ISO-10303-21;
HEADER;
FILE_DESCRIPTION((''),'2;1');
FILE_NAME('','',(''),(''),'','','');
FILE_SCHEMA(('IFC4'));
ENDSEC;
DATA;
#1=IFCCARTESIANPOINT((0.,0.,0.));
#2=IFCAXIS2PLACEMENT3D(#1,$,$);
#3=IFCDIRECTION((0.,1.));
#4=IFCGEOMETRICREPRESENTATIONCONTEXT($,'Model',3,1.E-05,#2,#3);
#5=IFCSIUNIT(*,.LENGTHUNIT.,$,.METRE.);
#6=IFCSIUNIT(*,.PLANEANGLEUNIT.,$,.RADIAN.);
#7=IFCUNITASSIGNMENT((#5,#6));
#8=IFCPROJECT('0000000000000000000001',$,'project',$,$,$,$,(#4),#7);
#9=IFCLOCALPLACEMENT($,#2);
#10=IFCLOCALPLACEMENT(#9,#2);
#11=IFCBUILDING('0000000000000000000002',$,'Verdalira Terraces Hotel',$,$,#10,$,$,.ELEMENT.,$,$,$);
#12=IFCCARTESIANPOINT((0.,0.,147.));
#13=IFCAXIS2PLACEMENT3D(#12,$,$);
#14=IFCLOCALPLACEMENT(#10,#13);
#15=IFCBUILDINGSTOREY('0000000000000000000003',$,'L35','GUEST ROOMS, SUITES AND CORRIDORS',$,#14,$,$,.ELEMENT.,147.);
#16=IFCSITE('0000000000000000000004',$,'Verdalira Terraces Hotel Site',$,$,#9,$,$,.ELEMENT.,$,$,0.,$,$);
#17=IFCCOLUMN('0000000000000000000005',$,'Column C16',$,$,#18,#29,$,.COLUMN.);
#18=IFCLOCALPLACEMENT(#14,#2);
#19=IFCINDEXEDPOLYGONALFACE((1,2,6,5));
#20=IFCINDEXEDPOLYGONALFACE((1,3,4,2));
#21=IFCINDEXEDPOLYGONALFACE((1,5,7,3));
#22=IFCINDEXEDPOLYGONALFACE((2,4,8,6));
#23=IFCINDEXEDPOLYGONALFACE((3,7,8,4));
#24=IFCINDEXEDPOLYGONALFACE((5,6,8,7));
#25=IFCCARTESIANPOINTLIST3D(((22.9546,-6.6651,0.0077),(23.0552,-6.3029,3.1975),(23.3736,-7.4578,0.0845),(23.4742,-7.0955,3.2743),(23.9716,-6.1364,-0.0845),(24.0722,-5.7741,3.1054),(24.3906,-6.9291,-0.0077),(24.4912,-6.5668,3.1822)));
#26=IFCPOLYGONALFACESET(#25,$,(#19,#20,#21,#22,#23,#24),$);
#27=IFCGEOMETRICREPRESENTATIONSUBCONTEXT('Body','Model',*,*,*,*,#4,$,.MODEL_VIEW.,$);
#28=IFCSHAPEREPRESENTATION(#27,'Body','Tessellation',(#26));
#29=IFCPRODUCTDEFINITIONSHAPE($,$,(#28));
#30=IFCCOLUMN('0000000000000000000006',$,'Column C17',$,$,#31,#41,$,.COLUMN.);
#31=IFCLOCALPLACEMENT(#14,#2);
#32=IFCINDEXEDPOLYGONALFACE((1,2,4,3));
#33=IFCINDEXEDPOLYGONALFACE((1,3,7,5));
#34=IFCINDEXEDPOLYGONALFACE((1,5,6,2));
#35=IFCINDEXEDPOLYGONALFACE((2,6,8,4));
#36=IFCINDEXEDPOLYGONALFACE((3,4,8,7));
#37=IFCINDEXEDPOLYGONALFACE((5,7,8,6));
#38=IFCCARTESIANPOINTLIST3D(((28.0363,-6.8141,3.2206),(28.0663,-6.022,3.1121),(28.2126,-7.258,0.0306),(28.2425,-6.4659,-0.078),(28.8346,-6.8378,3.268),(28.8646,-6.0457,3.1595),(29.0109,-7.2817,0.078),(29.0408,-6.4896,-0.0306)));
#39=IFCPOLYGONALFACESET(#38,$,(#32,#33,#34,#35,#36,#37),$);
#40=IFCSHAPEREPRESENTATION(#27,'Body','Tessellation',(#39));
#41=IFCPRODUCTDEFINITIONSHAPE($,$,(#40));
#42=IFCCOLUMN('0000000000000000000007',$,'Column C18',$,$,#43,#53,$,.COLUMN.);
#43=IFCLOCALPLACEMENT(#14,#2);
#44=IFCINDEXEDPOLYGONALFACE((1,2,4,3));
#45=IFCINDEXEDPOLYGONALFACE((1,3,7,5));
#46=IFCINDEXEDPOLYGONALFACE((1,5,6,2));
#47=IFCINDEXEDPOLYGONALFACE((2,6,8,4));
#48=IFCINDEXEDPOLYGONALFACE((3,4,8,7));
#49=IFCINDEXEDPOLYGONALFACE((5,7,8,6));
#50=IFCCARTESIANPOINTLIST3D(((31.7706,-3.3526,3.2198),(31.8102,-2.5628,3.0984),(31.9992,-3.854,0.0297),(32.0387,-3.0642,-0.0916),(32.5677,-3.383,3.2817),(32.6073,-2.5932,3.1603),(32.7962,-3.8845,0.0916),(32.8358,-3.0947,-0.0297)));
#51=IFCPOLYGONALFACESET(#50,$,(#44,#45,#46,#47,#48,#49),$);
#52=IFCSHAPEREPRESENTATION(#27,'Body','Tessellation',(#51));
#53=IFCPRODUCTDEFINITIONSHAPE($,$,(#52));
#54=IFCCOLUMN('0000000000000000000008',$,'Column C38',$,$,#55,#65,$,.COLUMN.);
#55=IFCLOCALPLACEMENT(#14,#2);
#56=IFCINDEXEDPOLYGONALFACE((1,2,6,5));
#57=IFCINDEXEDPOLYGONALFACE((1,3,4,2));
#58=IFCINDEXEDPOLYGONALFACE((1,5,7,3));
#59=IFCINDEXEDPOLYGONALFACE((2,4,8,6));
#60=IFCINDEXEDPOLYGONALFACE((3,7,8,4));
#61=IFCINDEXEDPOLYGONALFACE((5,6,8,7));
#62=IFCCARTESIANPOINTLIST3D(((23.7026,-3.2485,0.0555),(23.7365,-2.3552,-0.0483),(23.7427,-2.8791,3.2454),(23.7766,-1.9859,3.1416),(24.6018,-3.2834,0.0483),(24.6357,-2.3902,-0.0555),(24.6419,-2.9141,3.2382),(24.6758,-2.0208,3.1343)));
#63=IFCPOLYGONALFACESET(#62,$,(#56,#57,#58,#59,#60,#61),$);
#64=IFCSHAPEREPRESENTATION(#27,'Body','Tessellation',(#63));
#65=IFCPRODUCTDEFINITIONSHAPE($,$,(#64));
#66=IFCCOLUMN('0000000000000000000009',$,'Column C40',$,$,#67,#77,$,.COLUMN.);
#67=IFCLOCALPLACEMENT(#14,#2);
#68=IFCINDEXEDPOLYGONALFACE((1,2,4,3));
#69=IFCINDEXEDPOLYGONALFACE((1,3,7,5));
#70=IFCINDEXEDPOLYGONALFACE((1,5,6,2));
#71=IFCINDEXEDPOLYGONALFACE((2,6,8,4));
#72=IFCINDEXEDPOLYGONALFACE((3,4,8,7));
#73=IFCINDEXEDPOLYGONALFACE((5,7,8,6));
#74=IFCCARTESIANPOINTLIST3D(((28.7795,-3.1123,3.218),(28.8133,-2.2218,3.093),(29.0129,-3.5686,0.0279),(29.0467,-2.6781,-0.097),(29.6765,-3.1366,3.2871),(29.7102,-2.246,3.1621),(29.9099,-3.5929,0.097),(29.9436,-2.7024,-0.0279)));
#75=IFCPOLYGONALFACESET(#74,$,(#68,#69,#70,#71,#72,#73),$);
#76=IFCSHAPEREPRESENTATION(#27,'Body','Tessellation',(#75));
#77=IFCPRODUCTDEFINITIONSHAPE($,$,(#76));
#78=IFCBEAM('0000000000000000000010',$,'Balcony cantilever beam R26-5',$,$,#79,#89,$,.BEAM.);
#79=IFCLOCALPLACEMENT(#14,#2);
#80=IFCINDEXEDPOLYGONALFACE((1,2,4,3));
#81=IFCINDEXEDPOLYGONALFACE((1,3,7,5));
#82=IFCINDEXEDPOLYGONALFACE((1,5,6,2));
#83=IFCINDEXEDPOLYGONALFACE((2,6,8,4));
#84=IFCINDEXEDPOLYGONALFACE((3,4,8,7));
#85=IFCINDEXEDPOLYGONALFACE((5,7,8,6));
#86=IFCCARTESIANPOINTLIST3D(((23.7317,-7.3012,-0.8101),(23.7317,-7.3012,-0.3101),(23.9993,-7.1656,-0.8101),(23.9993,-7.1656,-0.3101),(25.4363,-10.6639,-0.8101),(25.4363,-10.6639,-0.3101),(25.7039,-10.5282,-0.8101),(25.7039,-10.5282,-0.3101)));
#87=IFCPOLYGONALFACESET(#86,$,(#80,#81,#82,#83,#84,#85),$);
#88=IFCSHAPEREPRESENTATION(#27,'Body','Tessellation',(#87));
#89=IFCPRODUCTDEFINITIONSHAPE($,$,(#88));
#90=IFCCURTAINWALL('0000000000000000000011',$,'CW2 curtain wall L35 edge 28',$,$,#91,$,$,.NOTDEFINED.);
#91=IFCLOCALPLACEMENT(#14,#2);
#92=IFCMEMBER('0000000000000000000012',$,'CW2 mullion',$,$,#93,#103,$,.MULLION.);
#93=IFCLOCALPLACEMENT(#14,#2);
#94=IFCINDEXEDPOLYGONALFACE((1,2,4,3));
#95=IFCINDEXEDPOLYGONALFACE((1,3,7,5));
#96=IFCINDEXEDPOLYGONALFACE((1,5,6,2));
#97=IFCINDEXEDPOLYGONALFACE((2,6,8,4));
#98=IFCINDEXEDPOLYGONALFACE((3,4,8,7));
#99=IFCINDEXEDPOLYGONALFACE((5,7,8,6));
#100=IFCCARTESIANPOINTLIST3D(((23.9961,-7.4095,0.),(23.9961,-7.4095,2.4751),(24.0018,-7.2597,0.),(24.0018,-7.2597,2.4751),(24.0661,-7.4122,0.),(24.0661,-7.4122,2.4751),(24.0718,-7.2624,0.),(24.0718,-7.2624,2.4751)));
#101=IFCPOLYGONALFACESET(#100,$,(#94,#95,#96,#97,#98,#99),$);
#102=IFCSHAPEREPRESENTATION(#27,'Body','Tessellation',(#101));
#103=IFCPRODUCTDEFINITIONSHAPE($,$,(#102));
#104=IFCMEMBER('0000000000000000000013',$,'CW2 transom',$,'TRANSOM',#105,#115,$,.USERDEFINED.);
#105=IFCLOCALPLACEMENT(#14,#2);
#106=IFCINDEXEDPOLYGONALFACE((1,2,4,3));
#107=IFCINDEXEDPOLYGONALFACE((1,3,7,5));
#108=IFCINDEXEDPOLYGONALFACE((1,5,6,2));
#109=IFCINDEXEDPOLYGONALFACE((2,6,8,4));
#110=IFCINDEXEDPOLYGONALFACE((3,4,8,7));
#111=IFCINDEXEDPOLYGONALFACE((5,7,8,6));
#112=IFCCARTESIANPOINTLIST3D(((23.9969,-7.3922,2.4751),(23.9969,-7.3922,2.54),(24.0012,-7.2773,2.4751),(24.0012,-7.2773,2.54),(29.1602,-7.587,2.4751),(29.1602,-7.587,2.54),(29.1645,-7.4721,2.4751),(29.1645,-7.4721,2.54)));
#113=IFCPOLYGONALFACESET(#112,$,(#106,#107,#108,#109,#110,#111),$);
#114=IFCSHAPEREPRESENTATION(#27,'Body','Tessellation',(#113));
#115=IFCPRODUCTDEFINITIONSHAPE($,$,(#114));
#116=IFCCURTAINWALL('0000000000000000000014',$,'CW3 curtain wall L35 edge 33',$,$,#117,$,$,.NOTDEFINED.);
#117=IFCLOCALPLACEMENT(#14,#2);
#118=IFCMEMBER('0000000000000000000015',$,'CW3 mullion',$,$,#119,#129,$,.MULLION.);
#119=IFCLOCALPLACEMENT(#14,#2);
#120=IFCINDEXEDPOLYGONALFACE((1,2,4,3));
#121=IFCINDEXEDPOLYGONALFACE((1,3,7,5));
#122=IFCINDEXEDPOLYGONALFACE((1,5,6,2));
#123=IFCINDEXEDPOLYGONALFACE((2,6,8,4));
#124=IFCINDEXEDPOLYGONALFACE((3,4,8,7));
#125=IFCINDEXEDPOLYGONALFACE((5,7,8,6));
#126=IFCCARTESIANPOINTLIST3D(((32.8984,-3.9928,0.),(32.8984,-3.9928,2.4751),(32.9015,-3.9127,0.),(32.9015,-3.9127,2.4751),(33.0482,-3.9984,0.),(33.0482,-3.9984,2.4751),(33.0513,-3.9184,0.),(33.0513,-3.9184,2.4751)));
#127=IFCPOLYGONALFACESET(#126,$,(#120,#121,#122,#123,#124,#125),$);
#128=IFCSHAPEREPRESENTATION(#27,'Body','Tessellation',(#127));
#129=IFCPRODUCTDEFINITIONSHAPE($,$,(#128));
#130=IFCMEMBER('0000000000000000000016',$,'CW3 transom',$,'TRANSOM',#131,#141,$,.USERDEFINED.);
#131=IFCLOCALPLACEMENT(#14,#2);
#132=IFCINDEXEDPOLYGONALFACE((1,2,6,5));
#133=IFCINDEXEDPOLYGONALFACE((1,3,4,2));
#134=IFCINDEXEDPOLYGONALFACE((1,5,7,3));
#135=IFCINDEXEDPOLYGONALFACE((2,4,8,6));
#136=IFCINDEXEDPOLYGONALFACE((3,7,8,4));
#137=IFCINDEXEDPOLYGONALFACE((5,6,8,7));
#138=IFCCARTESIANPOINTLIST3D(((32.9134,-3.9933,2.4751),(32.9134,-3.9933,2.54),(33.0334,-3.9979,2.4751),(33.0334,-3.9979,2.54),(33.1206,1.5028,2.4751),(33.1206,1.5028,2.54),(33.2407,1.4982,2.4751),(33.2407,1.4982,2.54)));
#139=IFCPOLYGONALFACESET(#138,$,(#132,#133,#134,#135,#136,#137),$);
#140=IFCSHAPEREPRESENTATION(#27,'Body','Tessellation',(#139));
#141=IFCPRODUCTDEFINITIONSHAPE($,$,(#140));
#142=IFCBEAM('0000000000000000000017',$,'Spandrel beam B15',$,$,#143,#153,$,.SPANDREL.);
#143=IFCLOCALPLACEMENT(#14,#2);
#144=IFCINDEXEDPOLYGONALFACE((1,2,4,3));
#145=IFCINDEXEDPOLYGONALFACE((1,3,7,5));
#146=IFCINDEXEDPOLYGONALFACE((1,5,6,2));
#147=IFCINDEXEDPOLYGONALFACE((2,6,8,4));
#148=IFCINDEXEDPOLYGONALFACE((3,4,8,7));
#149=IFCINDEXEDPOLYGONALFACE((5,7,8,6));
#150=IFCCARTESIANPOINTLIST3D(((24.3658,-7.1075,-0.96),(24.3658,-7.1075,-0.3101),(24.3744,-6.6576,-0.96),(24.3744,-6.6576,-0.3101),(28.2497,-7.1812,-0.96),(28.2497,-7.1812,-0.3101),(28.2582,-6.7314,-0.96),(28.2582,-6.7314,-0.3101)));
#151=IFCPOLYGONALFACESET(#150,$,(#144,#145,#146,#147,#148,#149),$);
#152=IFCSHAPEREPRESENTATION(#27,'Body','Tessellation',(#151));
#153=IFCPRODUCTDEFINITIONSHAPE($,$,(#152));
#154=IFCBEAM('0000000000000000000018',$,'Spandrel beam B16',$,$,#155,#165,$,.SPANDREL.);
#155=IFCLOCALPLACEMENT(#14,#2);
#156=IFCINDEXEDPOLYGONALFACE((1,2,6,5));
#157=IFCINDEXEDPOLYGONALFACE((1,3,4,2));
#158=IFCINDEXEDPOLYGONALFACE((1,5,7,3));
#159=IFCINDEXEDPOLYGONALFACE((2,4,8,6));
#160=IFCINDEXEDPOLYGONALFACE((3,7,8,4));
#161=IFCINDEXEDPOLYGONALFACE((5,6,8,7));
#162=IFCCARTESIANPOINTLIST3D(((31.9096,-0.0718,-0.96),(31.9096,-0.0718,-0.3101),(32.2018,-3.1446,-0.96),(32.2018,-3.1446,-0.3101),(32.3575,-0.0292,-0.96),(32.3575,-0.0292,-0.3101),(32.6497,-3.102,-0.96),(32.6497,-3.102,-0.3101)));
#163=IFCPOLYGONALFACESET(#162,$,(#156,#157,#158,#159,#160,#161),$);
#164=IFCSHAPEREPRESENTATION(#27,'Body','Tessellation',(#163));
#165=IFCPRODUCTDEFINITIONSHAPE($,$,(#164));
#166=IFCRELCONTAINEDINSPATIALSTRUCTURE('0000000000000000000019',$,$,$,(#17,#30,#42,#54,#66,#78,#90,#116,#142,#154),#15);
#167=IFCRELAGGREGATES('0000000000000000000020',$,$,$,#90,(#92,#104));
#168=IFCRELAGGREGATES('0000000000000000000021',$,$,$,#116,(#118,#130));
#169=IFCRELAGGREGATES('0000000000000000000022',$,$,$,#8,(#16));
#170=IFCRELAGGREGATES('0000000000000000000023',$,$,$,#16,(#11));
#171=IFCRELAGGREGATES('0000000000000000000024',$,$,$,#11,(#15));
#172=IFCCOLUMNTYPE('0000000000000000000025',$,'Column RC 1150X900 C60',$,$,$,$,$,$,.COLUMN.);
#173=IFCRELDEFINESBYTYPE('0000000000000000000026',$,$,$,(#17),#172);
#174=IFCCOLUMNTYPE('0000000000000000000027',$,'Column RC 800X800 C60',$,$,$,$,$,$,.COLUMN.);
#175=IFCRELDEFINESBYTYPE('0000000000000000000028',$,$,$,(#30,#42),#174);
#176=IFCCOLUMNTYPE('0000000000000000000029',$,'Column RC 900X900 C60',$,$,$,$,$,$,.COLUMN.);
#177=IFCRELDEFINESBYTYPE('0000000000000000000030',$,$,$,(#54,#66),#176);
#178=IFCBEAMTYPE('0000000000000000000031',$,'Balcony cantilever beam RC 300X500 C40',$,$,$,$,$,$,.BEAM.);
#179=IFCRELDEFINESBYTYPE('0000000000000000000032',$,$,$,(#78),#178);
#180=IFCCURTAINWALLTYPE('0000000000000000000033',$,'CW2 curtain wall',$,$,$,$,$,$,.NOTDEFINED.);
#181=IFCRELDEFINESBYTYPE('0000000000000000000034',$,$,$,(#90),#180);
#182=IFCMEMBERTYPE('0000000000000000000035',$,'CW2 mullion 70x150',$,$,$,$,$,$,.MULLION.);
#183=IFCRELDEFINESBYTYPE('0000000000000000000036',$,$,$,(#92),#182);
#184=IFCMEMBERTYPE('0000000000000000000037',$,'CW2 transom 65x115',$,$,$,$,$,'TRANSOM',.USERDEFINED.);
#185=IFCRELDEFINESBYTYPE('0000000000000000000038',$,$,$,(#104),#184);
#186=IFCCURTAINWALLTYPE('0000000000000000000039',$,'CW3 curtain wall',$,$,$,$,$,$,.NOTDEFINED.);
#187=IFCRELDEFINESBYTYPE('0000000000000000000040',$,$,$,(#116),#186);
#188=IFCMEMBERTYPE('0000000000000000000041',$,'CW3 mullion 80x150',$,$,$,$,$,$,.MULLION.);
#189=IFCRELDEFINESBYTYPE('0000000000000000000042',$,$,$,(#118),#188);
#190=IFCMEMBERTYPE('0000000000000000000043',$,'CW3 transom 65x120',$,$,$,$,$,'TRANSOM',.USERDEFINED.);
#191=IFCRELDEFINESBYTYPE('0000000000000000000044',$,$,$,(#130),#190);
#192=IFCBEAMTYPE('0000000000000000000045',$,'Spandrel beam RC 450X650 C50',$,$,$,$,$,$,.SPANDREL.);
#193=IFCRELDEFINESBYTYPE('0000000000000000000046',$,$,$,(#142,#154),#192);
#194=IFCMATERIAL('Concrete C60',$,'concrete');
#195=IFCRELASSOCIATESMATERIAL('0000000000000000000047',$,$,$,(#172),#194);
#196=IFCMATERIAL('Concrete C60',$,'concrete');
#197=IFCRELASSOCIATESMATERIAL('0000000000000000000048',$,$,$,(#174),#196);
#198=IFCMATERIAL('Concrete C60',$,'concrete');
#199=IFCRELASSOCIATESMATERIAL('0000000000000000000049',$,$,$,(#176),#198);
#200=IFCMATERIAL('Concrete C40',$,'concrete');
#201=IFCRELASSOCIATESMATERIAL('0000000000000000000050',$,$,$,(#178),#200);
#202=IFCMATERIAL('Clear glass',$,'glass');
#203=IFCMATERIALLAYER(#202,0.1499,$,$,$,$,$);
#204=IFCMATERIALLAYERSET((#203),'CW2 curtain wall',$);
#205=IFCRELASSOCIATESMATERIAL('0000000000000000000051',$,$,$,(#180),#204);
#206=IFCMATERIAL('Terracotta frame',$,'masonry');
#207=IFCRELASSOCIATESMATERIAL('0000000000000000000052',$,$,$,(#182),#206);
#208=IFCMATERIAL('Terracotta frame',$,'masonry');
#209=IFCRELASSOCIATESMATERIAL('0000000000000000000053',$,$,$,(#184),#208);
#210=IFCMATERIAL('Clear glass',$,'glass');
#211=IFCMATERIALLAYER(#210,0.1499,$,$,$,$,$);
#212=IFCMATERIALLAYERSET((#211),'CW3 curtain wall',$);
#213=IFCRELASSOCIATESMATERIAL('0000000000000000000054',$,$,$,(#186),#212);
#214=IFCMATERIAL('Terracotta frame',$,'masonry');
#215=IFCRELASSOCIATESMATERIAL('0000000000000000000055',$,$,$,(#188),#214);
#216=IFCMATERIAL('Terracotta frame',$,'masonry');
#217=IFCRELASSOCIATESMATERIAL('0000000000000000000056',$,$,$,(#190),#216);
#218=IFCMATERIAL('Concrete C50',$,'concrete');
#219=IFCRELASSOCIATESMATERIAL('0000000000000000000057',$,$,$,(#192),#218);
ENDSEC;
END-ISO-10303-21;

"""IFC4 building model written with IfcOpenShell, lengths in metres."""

from ifc_helpers import new_model, si_unit, direction, frame, origin, origin_2d, place, context, subcontext, project, spatial, rectangle, extrude, material, layer, layer_set, material_profile, profile_set, type_object, element, aggregate, save


model = new_model("IFC4")

# Units and contexts
model_context = context("Model", 3, precision=1e-05, world=origin(), true_north=direction((0.0, 1.0)))
body_context = subcontext(model_context, "Body", "Model", "MODEL_VIEW")
ifc_project = project(units=[si_unit("LENGTHUNIT", "METRE"), si_unit("PLANEANGLEUNIT", "RADIAN")], contexts=[model_context])

# Site, building, storey
site_placement = place(None, origin())
site = spatial("IfcSite", under=ifc_project, at=site_placement, Name="Verdalira Terraces Hotel Site", CompositionType="ELEMENT", RefElevation=0.0)
building_placement = place(site_placement, origin())
building = spatial("IfcBuilding", under=site, at=building_placement, Name="Verdalira Terraces Hotel", CompositionType="ELEMENT")
storey_placement = place(building_placement, frame((0.0, 0.0, 147.0)))
storey = spatial("IfcBuildingStorey", under=building, at=storey_placement, Name="L35", Description="GUEST ROOMS, SUITES AND CORRIDORS", CompositionType="ELEMENT", Elevation=147.0)

# Columns
ifc_material_1 = material(Name="Concrete C60", Category="concrete")
ifc_material_profile_1 = material_profile(ifc_material_1, rectangle(XDim=1.1499, YDim=0.8999, at=origin_2d()), Name="RC 1150X900")
ifc_profile_set_1 = profile_set([ifc_material_profile_1], Name="Concrete C60")
column_type_1 = type_object("IfcColumnType", Name="Column RC 1150X900 C60", PredefinedType="COLUMN", material=ifc_profile_set_1)
column_1_placement = place(storey_placement, frame((23.6726, -6.7971, 0.0), z_axis=(0.031315, 0.112796, 0.993125), x_axis=(-0.884405, -0.459795, 0.080109)))
element("IfcColumn", 1, at=column_1_placement, inside=storey, type_object=column_type_1, Name="Column C16", PredefinedType="COLUMN", context=body_context, shape_type="SweptSolid", body=[
    extrude(rectangle(XDim=1.1499, YDim=0.8999, at=origin_2d()), origin(), (0.0, 0.0, 1.0), 3.2119),
])
ifc_material_2 = material(Name="Concrete C60", Category="concrete")
ifc_material_profile_2 = material_profile(ifc_material_2, rectangle(XDim=0.8, YDim=0.8, at=origin_2d()), Name="RC 800X800")
ifc_profile_set_2 = profile_set([ifc_material_profile_2], Name="Concrete C60")
column_type_2 = type_object("IfcColumnType", Name="Column RC 800X800 C60", PredefinedType="COLUMN", material=ifc_profile_set_2)
column_2_placement = place(storey_placement, frame((28.6267, -6.8738, 0.0), z_axis=(-0.054649, 0.137606, 0.988978), x_axis=(0.997803, -0.029631, 0.059259)))
element("IfcColumn", 2, at=column_2_placement, inside=storey, type_object=column_type_2, Name="Column C17", PredefinedType="COLUMN", context=body_context, shape_type="SweptSolid", body=[
    extrude(rectangle(XDim=0.8, YDim=0.8, at=origin_2d()), origin(), (0.0, 0.0, 1.0), 3.2256),
])
column_3_placement = place(storey_placement, frame((32.4175, -3.4744, 0.0), z_axis=(-0.070591, 0.154907, 0.985404), x_axis=(0.049475, 0.987196, -0.151645)))
element("IfcColumn", 3, at=column_3_placement, inside=storey, type_object=column_type_2, Name="Column C18", PredefinedType="COLUMN", context=body_context, shape_type="SweptSolid", body=[
    extrude(rectangle(XDim=0.8, YDim=0.8, at=origin_2d()), origin(), (0.0, 0.0, 1.0), 3.2373),
])
ifc_material_3 = material(Name="Concrete C60", Category="concrete")
ifc_material_profile_3 = material_profile(ifc_material_3, rectangle(XDim=0.8999, YDim=0.8999, at=origin_2d()), Name="RC 900X900")
ifc_profile_set_3 = profile_set([ifc_material_profile_3], Name="Concrete C60")
column_type_3 = type_object("IfcColumnType", Name="Column RC 900X900 C60", PredefinedType="COLUMN", material=ifc_profile_set_3)
column_4_placement = place(storey_placement, frame((24.1692, -2.8193, 0.0), z_axis=(0.012467, 0.115019, 0.993285), x_axis=(0.999213, -0.038846, -0.008044)))
element("IfcColumn", 4, at=column_4_placement, inside=storey, type_object=column_type_3, Name="Column C38", PredefinedType="COLUMN", context=body_context, shape_type="SweptSolid", body=[
    extrude(rectangle(XDim=0.8999, YDim=0.8999, at=origin_2d()), origin(), (0.0, 0.0, 1.0), 3.2114),
])
column_5_placement = place(storey_placement, frame((29.4783, -3.1355, 0.0), z_axis=(-0.072241, 0.141232, 0.987337), x_axis=(0.996683, -0.026975, 0.076783)))
element("IfcColumn", 5, at=column_5_placement, inside=storey, type_object=column_type_3, Name="Column C40", PredefinedType="COLUMN", context=body_context, shape_type="SweptSolid", body=[
    extrude(rectangle(XDim=0.8999, YDim=0.8999, at=origin_2d()), origin(), (0.0, 0.0, 1.0), 3.231),
])

# Beam
ifc_material_4 = material(Name="Concrete C40", Category="concrete")
ifc_material_profile_4 = material_profile(ifc_material_4, rectangle(XDim=0.3, YDim=0.5, at=origin_2d()), Name="RC 300X500")
ifc_profile_set_4 = profile_set([ifc_material_profile_4], Name="Concrete C40")
beam_type_1 = type_object("IfcBeamType", Name="Balcony cantilever beam RC 300X500 C40", PredefinedType="BEAM", material=ifc_profile_set_4)
beam_1_placement = place(storey_placement, frame((23.8655, -7.2334, -0.5601), z_axis=(0.452154, -0.89194, 0.0), x_axis=(0.89194, 0.452154, 0.0)))
element("IfcBeam", 6, at=beam_1_placement, inside=storey, type_object=beam_type_1, Name="Balcony cantilever beam R26-5", PredefinedType="BEAM", context=body_context, shape_type="SweptSolid", body=[
    extrude(rectangle(XDim=0.3, YDim=0.5, at=origin_2d()), origin(), (0.0, 0.0, 1.0), 3.77),
])

# Curtain walls, members
ifc_material_5 = material(Name="Clear glass", Category="glass")
ifc_layer_1 = layer(ifc_material_5, 0.1499)
ifc_layer_set_1 = layer_set([ifc_layer_1], Name="CW2 curtain wall")
curtain_wall_type_1 = type_object("IfcCurtainWallType", Name="CW2 curtain wall", PredefinedType="NOTDEFINED", material=ifc_layer_set_1)
curtain_wall_1_placement = place(storey_placement, origin())
curtain_wall_1 = element("IfcCurtainWall", 7, at=curtain_wall_1_placement, inside=storey, type_object=curtain_wall_type_1, Name="CW2 curtain wall L35 edge 28", PredefinedType="NOTDEFINED")
ifc_material_6 = material(Name="Terracotta frame", Category="masonry")
ifc_material_profile_5 = material_profile(ifc_material_6, rectangle(XDim=0.0701, YDim=0.1499, at=origin_2d()), Name="MU 70x150")
ifc_profile_set_5 = profile_set([ifc_material_profile_5], Name="Terracotta frame")
member_type_1 = type_object("IfcMemberType", Name="CW2 mullion 70x150", PredefinedType="MULLION", material=ifc_profile_set_5)
member_1_placement = place(storey_placement, frame((24.0339, -7.3359, 0.0), z_axis=(0.0, 0.0, 1.0), x_axis=(0.999289, -0.03769, 0.0)))
member_1 = element("IfcMember", 8, at=member_1_placement, type_object=member_type_1, Name="CW2 mullion", PredefinedType="MULLION", context=body_context, shape_type="SweptSolid", body=[
    extrude(rectangle(XDim=0.0701, YDim=0.1499, at=origin_2d()), origin(), (0.0, 0.0, 1.0), 2.4751),
])
ifc_material_7 = material(Name="Terracotta frame", Category="masonry")
ifc_material_profile_6 = material_profile(ifc_material_7, rectangle(XDim=0.115, YDim=0.0649, at=origin_2d()), Name="TR 65x115")
ifc_profile_set_6 = profile_set([ifc_material_profile_6], Name="Terracotta frame")
member_type_2 = type_object("IfcMemberType", Name="CW2 transom 65x115", ElementType="TRANSOM", PredefinedType="USERDEFINED", material=ifc_profile_set_6)
member_2_placement = place(storey_placement, frame((23.999, -7.3347, 2.5076), z_axis=(0.999289, -0.037705, 0.0), x_axis=(0.037705, 0.999289, 0.0)))
member_2 = element("IfcMember", 9, at=member_2_placement, type_object=member_type_2, Name="CW2 transom", ObjectType="TRANSOM", PredefinedType="USERDEFINED", context=body_context, shape_type="SweptSolid", body=[
    extrude(rectangle(XDim=0.115, YDim=0.0649, at=origin_2d()), origin(), (0.0, 0.0, 1.0), 5.167),
])
ifc_material_8 = material(Name="Clear glass", Category="glass")
ifc_layer_2 = layer(ifc_material_8, 0.1499)
ifc_layer_set_2 = layer_set([ifc_layer_2], Name="CW3 curtain wall")
curtain_wall_type_2 = type_object("IfcCurtainWallType", Name="CW3 curtain wall", PredefinedType="NOTDEFINED", material=ifc_layer_set_2)
curtain_wall_2_placement = place(storey_placement, origin())
curtain_wall_2 = element("IfcCurtainWall", 10, at=curtain_wall_2_placement, inside=storey, type_object=curtain_wall_type_2, Name="CW3 curtain wall L35 edge 33", PredefinedType="NOTDEFINED")
ifc_material_9 = material(Name="Terracotta frame", Category="masonry")
ifc_material_profile_7 = material_profile(ifc_material_9, rectangle(XDim=0.0801, YDim=0.1499, at=origin_2d()), Name="MU 80x150")
ifc_profile_set_7 = profile_set([ifc_material_profile_7], Name="Terracotta frame")
member_type_3 = type_object("IfcMemberType", Name="CW3 mullion 80x150", PredefinedType="MULLION", material=ifc_profile_set_7)
member_3_placement = place(storey_placement, frame((32.9749, -3.9556, 0.0), z_axis=(0.0, 0.0, 1.0), x_axis=(0.03769, 0.999289, 0.0)))
member_3 = element("IfcMember", 11, at=member_3_placement, type_object=member_type_3, Name="CW3 mullion", PredefinedType="MULLION", context=body_context, shape_type="SweptSolid", body=[
    extrude(rectangle(XDim=0.0801, YDim=0.1499, at=origin_2d()), origin(), (0.0, 0.0, 1.0), 2.4751),
])
ifc_material_10 = material(Name="Terracotta frame", Category="masonry")
ifc_material_profile_8 = material_profile(ifc_material_10, rectangle(XDim=0.1201, YDim=0.0649, at=origin_2d()), Name="TR 65x120")
ifc_profile_set_8 = profile_set([ifc_material_profile_8], Name="Terracotta frame")
member_type_4 = type_object("IfcMemberType", Name="CW3 transom 65x120", ElementType="TRANSOM", PredefinedType="USERDEFINED", material=ifc_profile_set_8)
member_4_placement = place(storey_placement, frame((32.9734, -3.9956, 2.5076), z_axis=(0.037686, 0.99929, 0.0), x_axis=(-0.99929, 0.037686, 0.0)))
member_4 = element("IfcMember", 12, at=member_4_placement, type_object=member_type_4, Name="CW3 transom", ObjectType="TRANSOM", PredefinedType="USERDEFINED", context=body_context, shape_type="SweptSolid", body=[
    extrude(rectangle(XDim=0.1201, YDim=0.0649, at=origin_2d()), origin(), (0.0, 0.0, 1.0), 5.5),
])

# Beams
ifc_material_11 = material(Name="Concrete C50", Category="concrete")
ifc_material_profile_9 = material_profile(ifc_material_11, rectangle(XDim=0.45, YDim=0.6499, at=origin_2d()), Name="RC 450X650")
ifc_profile_set_9 = profile_set([ifc_material_profile_9], Name="Concrete C50")
beam_type_2 = type_object("IfcBeamType", Name="Spandrel beam RC 450X650 C50", PredefinedType="SPANDREL", material=ifc_profile_set_9)
beam_2_placement = place(storey_placement, frame((24.3701, -6.8826, -0.635), z_axis=(0.99982, -0.018981, 0.0), x_axis=(0.018981, 0.99982, 0.0)))
element("IfcBeam", 13, at=beam_2_placement, inside=storey, type_object=beam_type_2, Name="Spandrel beam B15", PredefinedType="SPANDREL", context=body_context, shape_type="SweptSolid", body=[
    extrude(rectangle(XDim=0.45, YDim=0.6499, at=origin_2d()), origin(), (0.0, 0.0, 1.0), 3.8845),
])
beam_3_placement = place(storey_placement, frame((32.4258, -3.1233, -0.635), z_axis=(-0.094678, 0.995508, 0.0), x_axis=(-0.995508, -0.094678, 0.0)))
element("IfcBeam", 14, at=beam_3_placement, inside=storey, type_object=beam_type_2, Name="Spandrel beam B16", PredefinedType="SPANDREL", context=body_context, shape_type="SweptSolid", body=[
    extrude(rectangle(XDim=0.45, YDim=0.6499, at=origin_2d()), origin(), (0.0, 0.0, 1.0), 3.0867),
])

aggregate(curtain_wall_1, [member_1, member_2])
aggregate(curtain_wall_2, [member_3, member_4])

save(model, "model.ifc")
